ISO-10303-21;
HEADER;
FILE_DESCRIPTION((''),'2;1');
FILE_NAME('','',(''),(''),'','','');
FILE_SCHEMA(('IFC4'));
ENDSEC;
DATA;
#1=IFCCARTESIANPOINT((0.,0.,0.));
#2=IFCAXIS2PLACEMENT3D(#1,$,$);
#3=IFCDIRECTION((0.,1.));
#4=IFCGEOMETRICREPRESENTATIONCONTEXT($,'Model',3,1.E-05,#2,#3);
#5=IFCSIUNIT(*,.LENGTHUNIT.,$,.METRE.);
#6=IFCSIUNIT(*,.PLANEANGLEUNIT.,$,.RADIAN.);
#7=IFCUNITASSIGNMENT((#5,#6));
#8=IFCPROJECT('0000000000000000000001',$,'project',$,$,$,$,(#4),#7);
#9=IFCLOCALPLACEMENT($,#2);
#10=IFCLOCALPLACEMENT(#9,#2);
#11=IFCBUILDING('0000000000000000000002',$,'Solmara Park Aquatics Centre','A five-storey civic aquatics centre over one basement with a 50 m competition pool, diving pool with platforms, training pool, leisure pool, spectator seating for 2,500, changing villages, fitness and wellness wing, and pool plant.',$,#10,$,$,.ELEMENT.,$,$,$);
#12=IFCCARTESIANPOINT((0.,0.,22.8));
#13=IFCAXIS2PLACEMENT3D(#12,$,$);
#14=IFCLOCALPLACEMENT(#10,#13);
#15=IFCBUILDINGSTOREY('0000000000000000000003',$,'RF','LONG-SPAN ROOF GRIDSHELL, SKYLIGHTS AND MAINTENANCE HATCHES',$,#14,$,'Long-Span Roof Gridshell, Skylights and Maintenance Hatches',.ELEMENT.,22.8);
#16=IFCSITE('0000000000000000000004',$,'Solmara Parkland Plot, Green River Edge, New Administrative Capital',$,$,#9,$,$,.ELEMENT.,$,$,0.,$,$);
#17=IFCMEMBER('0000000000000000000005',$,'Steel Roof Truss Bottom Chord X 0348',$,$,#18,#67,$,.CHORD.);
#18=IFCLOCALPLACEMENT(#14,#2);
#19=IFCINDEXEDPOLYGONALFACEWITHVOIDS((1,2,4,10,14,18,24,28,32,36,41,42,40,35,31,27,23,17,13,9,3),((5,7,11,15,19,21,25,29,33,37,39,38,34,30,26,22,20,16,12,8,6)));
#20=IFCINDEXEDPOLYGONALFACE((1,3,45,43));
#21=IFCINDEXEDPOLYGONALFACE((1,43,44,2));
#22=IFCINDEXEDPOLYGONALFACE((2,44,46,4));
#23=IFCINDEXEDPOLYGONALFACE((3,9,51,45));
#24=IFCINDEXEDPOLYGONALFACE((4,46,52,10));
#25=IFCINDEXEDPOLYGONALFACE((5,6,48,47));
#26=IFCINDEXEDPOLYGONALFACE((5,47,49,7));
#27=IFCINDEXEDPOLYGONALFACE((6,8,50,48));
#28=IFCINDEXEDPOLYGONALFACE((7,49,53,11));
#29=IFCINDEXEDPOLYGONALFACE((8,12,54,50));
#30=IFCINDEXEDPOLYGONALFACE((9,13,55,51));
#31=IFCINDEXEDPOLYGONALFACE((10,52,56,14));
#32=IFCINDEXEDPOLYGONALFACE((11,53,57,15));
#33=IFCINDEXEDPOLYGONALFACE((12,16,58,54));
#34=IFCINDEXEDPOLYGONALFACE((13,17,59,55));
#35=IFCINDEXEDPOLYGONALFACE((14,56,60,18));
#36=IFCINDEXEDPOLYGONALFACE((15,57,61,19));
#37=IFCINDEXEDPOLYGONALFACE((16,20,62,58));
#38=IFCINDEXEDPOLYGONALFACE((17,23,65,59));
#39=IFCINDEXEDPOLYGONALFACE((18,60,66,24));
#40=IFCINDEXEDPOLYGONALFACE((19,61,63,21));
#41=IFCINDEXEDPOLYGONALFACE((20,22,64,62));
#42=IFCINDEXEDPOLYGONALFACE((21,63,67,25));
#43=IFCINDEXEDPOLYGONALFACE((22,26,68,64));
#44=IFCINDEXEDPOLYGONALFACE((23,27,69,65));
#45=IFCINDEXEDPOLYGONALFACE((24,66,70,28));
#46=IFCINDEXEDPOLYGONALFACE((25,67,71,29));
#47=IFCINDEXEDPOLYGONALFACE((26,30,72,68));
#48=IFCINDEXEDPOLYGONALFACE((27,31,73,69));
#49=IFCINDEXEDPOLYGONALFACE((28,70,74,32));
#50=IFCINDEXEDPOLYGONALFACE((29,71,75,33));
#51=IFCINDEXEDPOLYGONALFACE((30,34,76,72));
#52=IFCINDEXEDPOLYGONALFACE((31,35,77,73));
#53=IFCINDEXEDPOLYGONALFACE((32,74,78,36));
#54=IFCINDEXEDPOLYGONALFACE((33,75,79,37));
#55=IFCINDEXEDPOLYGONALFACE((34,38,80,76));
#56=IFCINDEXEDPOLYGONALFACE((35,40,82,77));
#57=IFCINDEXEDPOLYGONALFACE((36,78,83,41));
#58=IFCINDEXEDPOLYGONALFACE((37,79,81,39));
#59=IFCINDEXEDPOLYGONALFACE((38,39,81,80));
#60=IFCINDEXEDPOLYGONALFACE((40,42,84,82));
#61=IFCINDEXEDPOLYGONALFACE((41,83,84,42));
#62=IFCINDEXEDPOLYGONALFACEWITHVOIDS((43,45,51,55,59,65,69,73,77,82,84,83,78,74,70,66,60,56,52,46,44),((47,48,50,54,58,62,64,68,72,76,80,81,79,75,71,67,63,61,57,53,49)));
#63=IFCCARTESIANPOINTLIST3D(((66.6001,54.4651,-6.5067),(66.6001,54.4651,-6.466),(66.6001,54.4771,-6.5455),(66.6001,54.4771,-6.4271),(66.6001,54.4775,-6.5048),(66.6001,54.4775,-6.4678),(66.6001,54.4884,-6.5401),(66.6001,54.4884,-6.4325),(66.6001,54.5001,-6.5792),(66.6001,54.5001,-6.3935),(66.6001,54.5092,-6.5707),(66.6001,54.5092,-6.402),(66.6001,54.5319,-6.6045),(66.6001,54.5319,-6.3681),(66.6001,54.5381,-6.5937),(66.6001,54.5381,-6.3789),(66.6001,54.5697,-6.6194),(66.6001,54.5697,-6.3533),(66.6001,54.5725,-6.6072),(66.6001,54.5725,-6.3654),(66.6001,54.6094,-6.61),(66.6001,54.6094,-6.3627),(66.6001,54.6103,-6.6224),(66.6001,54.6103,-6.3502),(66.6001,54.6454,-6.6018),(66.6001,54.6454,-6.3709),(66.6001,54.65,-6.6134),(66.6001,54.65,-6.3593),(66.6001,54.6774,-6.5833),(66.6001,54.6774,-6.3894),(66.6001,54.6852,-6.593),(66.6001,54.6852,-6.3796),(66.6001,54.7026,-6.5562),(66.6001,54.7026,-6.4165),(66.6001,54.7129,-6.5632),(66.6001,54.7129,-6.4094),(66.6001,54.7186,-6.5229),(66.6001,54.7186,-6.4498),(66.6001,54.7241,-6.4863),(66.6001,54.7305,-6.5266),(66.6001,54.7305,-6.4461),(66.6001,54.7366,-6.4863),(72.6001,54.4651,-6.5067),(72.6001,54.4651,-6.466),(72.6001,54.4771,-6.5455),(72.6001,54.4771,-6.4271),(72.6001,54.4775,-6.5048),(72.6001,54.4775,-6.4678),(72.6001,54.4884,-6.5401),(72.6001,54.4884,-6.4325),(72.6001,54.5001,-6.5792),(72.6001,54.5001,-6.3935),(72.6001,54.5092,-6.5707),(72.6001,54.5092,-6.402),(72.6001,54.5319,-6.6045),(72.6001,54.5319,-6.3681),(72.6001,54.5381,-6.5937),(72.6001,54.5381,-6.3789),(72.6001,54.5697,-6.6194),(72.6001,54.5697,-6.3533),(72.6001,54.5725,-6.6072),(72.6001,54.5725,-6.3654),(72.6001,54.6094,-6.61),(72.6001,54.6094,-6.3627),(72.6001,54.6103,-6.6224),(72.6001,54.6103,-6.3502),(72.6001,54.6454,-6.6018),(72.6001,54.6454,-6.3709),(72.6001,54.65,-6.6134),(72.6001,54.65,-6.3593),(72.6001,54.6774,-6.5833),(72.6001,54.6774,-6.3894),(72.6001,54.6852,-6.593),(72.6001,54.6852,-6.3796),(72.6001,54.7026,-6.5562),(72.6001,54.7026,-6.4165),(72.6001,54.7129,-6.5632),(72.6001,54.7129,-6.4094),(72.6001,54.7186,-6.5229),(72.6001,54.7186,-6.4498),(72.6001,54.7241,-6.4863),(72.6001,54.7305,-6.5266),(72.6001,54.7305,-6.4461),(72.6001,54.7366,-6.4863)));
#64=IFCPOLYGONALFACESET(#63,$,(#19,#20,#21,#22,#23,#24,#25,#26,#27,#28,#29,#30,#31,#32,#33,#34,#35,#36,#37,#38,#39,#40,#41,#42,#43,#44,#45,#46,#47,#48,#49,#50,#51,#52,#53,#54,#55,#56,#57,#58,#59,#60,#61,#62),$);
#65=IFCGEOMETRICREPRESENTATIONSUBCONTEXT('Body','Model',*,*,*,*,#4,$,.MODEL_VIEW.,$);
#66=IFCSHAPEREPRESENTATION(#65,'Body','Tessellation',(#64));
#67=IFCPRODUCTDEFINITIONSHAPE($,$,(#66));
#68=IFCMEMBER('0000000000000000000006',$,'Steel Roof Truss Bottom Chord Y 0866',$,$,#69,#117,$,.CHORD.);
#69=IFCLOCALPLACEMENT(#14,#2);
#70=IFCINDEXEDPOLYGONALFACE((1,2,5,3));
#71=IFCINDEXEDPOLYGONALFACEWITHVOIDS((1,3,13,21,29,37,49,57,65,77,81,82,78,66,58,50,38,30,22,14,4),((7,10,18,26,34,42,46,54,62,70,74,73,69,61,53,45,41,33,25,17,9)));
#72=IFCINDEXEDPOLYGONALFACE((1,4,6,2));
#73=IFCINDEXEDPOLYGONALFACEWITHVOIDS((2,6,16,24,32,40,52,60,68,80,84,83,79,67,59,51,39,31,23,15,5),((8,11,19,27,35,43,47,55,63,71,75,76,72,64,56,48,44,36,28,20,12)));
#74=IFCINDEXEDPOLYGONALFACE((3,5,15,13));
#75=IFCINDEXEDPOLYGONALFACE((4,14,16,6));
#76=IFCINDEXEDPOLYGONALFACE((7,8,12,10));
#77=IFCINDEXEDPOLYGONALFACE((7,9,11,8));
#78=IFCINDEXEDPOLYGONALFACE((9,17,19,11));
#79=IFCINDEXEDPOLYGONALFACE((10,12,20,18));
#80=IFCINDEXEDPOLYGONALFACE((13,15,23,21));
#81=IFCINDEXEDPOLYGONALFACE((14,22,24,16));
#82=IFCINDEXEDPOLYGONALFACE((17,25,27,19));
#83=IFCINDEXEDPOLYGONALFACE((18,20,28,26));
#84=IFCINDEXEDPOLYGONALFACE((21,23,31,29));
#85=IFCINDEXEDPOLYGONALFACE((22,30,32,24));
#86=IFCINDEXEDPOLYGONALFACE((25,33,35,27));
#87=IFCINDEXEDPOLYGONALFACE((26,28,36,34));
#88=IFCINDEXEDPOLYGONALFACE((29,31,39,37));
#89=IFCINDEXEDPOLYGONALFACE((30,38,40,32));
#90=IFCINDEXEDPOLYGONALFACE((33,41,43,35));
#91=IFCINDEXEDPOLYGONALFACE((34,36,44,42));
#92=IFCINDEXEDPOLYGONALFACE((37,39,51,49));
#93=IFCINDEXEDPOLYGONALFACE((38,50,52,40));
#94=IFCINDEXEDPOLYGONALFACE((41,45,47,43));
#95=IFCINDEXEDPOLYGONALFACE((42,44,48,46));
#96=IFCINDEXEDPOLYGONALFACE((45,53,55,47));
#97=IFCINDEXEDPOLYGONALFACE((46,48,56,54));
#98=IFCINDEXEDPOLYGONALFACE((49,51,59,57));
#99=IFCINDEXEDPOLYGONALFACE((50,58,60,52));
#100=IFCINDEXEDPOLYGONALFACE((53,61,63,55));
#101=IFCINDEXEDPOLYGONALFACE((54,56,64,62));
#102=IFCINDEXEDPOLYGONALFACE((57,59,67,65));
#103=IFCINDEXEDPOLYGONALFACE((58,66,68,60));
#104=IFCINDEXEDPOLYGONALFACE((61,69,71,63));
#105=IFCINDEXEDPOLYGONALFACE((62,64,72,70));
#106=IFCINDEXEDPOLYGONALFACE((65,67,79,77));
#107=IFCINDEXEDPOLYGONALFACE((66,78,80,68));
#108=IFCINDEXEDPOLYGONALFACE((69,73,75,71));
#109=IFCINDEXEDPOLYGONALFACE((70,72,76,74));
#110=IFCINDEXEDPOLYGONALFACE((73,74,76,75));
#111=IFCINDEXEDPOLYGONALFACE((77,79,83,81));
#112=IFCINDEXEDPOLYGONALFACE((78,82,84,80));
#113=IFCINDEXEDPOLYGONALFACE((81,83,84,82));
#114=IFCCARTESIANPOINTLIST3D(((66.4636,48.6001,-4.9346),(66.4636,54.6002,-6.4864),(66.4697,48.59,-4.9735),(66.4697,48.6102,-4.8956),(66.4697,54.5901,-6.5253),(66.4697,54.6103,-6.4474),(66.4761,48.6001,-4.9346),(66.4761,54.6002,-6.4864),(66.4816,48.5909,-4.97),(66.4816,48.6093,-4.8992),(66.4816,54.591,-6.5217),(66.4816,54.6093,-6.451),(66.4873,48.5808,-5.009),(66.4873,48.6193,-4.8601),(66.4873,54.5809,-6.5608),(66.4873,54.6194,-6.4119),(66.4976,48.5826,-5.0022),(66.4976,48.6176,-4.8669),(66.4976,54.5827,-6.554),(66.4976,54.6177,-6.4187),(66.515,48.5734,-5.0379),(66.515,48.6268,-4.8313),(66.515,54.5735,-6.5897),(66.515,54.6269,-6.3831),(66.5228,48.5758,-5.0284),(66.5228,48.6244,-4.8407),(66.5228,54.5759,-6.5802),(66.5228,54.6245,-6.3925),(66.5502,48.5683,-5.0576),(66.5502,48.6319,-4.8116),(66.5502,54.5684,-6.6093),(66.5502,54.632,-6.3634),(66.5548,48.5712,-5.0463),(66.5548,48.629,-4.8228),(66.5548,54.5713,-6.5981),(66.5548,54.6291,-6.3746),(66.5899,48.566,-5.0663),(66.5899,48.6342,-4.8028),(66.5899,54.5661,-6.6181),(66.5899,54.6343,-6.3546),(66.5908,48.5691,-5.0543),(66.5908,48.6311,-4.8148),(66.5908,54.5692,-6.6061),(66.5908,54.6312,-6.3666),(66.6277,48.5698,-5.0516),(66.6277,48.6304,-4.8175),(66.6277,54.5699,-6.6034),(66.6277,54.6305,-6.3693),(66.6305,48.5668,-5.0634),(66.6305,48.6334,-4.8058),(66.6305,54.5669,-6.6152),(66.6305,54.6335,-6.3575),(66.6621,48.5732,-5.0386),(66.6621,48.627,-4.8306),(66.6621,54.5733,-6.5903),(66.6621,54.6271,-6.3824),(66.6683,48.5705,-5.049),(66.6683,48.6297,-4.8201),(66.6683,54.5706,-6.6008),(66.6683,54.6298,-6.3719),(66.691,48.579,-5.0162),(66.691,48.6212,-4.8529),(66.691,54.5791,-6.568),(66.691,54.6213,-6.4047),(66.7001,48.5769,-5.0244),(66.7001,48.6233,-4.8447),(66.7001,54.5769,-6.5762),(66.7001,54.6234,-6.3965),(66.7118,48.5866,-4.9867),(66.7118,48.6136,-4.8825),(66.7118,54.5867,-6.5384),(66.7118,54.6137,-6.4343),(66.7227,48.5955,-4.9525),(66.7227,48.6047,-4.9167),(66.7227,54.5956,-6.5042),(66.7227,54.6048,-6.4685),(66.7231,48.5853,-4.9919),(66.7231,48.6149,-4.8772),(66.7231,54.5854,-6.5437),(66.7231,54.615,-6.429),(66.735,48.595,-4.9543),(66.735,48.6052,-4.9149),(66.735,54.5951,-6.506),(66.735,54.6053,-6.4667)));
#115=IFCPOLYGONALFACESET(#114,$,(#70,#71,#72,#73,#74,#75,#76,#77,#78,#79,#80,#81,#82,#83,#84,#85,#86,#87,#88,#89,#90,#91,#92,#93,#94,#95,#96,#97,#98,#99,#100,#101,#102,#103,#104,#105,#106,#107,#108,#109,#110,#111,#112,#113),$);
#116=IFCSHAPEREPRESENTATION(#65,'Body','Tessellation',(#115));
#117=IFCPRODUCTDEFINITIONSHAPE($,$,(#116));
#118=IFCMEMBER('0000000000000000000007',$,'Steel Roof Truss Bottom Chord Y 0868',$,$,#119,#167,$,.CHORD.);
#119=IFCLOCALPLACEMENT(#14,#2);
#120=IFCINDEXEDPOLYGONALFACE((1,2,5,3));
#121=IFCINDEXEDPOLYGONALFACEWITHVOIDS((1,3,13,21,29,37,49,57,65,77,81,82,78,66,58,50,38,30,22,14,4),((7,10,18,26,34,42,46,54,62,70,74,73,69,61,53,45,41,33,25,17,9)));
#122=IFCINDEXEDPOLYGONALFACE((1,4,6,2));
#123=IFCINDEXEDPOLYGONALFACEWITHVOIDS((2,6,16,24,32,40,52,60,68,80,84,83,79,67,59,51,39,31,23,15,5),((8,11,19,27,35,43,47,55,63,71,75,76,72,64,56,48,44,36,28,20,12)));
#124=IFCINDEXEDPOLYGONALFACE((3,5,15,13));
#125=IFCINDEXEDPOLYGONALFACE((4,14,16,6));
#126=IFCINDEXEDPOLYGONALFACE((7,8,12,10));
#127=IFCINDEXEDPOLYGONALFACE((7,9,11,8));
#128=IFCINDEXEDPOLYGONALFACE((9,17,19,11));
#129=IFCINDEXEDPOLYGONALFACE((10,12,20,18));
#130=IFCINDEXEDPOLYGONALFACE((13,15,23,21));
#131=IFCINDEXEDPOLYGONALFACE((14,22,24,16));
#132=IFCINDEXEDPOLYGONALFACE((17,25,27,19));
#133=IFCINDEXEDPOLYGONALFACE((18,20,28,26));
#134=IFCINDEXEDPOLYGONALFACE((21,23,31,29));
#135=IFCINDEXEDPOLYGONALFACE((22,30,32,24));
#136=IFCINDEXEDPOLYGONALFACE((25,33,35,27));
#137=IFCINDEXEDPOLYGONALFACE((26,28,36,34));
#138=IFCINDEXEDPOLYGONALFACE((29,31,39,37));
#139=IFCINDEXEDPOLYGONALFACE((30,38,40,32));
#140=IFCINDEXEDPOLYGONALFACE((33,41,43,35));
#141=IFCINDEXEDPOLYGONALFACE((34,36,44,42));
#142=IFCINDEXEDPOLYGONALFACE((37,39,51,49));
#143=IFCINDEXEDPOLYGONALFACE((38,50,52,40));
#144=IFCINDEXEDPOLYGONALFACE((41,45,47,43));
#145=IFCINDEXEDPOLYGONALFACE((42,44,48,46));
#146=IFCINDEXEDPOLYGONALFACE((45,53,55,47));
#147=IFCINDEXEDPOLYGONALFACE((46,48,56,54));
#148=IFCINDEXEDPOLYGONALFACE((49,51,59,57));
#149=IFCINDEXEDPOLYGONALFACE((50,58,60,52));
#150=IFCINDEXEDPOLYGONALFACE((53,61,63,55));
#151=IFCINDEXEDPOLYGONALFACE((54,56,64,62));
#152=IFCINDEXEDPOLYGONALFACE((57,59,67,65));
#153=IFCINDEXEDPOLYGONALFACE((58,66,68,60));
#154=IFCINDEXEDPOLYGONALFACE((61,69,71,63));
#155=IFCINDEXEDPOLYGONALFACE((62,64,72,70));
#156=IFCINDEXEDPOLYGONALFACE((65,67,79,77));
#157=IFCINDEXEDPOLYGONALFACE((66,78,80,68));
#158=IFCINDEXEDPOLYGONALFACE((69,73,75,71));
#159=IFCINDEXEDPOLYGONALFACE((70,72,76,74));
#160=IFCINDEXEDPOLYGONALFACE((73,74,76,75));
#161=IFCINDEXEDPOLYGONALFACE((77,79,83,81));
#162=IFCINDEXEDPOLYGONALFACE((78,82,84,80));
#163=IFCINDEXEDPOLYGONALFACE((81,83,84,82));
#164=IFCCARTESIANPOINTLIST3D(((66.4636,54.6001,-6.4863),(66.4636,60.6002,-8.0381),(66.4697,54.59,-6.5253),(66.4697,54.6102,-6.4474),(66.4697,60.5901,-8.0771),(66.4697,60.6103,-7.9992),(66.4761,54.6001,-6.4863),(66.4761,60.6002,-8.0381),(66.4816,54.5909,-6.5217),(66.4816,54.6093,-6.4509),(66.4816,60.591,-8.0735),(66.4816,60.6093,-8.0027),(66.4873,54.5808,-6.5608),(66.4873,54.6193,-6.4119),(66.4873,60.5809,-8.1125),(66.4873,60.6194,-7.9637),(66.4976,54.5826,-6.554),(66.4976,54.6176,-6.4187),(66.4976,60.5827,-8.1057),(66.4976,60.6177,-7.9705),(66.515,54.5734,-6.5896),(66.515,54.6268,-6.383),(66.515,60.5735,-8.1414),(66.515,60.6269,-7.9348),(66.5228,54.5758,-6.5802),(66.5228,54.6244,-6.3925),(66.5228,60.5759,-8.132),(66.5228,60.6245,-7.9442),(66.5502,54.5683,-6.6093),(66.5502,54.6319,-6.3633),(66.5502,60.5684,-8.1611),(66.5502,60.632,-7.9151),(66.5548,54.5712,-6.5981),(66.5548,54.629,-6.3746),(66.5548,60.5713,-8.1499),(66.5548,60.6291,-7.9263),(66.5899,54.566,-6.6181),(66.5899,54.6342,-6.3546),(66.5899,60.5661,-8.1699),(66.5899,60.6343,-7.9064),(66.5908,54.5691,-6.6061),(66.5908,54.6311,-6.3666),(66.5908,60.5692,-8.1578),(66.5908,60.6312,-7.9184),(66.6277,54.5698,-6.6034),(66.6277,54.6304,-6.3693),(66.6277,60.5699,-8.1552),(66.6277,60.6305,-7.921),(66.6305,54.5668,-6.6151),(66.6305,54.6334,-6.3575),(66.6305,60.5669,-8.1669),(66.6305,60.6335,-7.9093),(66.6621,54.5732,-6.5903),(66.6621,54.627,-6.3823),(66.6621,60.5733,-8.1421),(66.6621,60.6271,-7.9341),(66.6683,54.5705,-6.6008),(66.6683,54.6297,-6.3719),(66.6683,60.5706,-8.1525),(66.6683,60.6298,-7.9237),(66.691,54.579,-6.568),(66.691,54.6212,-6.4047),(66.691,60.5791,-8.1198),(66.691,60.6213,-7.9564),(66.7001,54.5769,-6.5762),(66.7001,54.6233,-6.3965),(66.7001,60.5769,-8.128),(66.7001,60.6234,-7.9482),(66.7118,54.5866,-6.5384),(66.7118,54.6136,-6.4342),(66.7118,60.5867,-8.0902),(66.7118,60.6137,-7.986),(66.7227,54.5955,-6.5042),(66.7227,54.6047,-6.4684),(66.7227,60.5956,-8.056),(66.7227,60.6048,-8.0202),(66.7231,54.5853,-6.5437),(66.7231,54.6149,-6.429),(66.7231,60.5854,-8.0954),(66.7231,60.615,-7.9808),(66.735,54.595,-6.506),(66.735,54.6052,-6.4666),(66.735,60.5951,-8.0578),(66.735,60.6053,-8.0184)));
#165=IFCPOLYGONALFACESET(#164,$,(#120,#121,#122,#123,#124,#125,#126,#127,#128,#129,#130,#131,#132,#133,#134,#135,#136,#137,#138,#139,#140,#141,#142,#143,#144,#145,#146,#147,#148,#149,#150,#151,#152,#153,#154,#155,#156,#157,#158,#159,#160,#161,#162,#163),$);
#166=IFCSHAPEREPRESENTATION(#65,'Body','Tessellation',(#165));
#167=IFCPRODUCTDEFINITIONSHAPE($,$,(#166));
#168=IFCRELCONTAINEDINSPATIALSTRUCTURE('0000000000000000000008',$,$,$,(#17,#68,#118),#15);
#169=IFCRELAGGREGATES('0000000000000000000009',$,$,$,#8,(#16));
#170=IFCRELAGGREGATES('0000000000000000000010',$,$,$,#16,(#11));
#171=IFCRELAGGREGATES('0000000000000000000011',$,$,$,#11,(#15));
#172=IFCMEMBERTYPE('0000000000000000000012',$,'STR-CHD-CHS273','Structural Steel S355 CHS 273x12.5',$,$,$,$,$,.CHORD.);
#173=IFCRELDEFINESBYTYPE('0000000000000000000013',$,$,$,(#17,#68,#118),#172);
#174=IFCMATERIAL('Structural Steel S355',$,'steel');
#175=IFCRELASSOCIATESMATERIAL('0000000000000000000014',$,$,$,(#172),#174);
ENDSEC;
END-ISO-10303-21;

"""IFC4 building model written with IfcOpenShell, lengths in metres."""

from ifc_helpers import new_model, si_unit, direction, frame, origin, origin_2d, place, context, subcontext, project, spatial, hollow_circle, extrude, material, material_profile, profile_set, type_object, element, save


model = new_model("IFC4")

# Units and contexts
model_context = context("Model", 3, precision=1e-05, world=origin(), true_north=direction((0.0, 1.0)))
body_context = subcontext(model_context, "Body", "Model", "MODEL_VIEW")
ifc_project = project(units=[si_unit("LENGTHUNIT", "METRE"), si_unit("PLANEANGLEUNIT", "RADIAN")], contexts=[model_context])

# Site, building, storey
site_placement = place(None, origin())
site = spatial("IfcSite", under=ifc_project, at=site_placement, Name="Solmara Parkland Plot, Green River Edge, New Administrative Capital", CompositionType="ELEMENT", RefElevation=0.0)
building_placement = place(site_placement, origin())
building = spatial("IfcBuilding", under=site, at=building_placement, Name="Solmara Park Aquatics Centre", Description="A five-storey civic aquatics centre over one basement with a 50 m competition pool, diving pool with platforms, training pool, leisure pool, spectator seating for 2,500, changing villages, fitness and wellness wing, and pool plant.", CompositionType="ELEMENT")
storey_placement = place(building_placement, frame((0.0, 0.0, 22.8)))
storey = spatial("IfcBuildingStorey", under=building, at=storey_placement, Name="RF", Description="LONG-SPAN ROOF GRIDSHELL, SKYLIGHTS AND MAINTENANCE HATCHES", LongName="Long-Span Roof Gridshell, Skylights and Maintenance Hatches", CompositionType="ELEMENT", Elevation=22.8)

# Members
ifc_material_1 = material(Name="Structural Steel S355", Category="steel")
ifc_material_profile_1 = material_profile(ifc_material_1, hollow_circle(Radius=0.1365, WallThickness=0.0125, at=origin_2d()), Name="CHS 273x12.5")
ifc_profile_set_1 = profile_set([ifc_material_profile_1], Name="Structural Steel S355")
member_type_1 = type_object("IfcMemberType", Name="STR-CHD-CHS273", Description="Structural Steel S355 CHS 273x12.5", PredefinedType="CHORD", material=ifc_profile_set_1)
member_1_placement = place(storey_placement, frame((66.6001, 54.6001, -6.4863), z_axis=(1.0, 0.0, 0.0), x_axis=(0.0, 1.0, 0.0)))
element("IfcMember", 1, at=member_1_placement, inside=storey, type_object=member_type_1, Name="Steel Roof Truss Bottom Chord X 0348", PredefinedType="CHORD", context=body_context, shape_type="SweptSolid", body=[
    extrude(hollow_circle(Radius=0.1365, WallThickness=0.0125, at=origin_2d()), origin(), (0.0, 0.0, 1.0), 6.0),
])
for number, where, z_axis, x_axis, name in (
    (2, (66.6001, 48.6001, -4.9346), (0.0, 0.968146, -0.250388), (-1.0, 0.0, 0.0), "Steel Roof Truss Bottom Chord Y 0866"),
    (3, (66.6001, 54.6001, -6.4863), (0.0, 0.968146, -0.250388), (-1.0, 0.0, 0.0), "Steel Roof Truss Bottom Chord Y 0868"),
):
    element("IfcMember", number, at=place(storey_placement, frame(where, z_axis=z_axis, x_axis=x_axis)), inside=storey, type_object=member_type_1, Name=name, PredefinedType="CHORD", context=body_context, shape_type="SweptSolid", body=[
        extrude(hollow_circle(Radius=0.1365, WallThickness=0.0125, at=origin_2d()), origin(), (0.0, 0.0, 1.0), 6.1975),
    ])

save(model, "model.ifc")
